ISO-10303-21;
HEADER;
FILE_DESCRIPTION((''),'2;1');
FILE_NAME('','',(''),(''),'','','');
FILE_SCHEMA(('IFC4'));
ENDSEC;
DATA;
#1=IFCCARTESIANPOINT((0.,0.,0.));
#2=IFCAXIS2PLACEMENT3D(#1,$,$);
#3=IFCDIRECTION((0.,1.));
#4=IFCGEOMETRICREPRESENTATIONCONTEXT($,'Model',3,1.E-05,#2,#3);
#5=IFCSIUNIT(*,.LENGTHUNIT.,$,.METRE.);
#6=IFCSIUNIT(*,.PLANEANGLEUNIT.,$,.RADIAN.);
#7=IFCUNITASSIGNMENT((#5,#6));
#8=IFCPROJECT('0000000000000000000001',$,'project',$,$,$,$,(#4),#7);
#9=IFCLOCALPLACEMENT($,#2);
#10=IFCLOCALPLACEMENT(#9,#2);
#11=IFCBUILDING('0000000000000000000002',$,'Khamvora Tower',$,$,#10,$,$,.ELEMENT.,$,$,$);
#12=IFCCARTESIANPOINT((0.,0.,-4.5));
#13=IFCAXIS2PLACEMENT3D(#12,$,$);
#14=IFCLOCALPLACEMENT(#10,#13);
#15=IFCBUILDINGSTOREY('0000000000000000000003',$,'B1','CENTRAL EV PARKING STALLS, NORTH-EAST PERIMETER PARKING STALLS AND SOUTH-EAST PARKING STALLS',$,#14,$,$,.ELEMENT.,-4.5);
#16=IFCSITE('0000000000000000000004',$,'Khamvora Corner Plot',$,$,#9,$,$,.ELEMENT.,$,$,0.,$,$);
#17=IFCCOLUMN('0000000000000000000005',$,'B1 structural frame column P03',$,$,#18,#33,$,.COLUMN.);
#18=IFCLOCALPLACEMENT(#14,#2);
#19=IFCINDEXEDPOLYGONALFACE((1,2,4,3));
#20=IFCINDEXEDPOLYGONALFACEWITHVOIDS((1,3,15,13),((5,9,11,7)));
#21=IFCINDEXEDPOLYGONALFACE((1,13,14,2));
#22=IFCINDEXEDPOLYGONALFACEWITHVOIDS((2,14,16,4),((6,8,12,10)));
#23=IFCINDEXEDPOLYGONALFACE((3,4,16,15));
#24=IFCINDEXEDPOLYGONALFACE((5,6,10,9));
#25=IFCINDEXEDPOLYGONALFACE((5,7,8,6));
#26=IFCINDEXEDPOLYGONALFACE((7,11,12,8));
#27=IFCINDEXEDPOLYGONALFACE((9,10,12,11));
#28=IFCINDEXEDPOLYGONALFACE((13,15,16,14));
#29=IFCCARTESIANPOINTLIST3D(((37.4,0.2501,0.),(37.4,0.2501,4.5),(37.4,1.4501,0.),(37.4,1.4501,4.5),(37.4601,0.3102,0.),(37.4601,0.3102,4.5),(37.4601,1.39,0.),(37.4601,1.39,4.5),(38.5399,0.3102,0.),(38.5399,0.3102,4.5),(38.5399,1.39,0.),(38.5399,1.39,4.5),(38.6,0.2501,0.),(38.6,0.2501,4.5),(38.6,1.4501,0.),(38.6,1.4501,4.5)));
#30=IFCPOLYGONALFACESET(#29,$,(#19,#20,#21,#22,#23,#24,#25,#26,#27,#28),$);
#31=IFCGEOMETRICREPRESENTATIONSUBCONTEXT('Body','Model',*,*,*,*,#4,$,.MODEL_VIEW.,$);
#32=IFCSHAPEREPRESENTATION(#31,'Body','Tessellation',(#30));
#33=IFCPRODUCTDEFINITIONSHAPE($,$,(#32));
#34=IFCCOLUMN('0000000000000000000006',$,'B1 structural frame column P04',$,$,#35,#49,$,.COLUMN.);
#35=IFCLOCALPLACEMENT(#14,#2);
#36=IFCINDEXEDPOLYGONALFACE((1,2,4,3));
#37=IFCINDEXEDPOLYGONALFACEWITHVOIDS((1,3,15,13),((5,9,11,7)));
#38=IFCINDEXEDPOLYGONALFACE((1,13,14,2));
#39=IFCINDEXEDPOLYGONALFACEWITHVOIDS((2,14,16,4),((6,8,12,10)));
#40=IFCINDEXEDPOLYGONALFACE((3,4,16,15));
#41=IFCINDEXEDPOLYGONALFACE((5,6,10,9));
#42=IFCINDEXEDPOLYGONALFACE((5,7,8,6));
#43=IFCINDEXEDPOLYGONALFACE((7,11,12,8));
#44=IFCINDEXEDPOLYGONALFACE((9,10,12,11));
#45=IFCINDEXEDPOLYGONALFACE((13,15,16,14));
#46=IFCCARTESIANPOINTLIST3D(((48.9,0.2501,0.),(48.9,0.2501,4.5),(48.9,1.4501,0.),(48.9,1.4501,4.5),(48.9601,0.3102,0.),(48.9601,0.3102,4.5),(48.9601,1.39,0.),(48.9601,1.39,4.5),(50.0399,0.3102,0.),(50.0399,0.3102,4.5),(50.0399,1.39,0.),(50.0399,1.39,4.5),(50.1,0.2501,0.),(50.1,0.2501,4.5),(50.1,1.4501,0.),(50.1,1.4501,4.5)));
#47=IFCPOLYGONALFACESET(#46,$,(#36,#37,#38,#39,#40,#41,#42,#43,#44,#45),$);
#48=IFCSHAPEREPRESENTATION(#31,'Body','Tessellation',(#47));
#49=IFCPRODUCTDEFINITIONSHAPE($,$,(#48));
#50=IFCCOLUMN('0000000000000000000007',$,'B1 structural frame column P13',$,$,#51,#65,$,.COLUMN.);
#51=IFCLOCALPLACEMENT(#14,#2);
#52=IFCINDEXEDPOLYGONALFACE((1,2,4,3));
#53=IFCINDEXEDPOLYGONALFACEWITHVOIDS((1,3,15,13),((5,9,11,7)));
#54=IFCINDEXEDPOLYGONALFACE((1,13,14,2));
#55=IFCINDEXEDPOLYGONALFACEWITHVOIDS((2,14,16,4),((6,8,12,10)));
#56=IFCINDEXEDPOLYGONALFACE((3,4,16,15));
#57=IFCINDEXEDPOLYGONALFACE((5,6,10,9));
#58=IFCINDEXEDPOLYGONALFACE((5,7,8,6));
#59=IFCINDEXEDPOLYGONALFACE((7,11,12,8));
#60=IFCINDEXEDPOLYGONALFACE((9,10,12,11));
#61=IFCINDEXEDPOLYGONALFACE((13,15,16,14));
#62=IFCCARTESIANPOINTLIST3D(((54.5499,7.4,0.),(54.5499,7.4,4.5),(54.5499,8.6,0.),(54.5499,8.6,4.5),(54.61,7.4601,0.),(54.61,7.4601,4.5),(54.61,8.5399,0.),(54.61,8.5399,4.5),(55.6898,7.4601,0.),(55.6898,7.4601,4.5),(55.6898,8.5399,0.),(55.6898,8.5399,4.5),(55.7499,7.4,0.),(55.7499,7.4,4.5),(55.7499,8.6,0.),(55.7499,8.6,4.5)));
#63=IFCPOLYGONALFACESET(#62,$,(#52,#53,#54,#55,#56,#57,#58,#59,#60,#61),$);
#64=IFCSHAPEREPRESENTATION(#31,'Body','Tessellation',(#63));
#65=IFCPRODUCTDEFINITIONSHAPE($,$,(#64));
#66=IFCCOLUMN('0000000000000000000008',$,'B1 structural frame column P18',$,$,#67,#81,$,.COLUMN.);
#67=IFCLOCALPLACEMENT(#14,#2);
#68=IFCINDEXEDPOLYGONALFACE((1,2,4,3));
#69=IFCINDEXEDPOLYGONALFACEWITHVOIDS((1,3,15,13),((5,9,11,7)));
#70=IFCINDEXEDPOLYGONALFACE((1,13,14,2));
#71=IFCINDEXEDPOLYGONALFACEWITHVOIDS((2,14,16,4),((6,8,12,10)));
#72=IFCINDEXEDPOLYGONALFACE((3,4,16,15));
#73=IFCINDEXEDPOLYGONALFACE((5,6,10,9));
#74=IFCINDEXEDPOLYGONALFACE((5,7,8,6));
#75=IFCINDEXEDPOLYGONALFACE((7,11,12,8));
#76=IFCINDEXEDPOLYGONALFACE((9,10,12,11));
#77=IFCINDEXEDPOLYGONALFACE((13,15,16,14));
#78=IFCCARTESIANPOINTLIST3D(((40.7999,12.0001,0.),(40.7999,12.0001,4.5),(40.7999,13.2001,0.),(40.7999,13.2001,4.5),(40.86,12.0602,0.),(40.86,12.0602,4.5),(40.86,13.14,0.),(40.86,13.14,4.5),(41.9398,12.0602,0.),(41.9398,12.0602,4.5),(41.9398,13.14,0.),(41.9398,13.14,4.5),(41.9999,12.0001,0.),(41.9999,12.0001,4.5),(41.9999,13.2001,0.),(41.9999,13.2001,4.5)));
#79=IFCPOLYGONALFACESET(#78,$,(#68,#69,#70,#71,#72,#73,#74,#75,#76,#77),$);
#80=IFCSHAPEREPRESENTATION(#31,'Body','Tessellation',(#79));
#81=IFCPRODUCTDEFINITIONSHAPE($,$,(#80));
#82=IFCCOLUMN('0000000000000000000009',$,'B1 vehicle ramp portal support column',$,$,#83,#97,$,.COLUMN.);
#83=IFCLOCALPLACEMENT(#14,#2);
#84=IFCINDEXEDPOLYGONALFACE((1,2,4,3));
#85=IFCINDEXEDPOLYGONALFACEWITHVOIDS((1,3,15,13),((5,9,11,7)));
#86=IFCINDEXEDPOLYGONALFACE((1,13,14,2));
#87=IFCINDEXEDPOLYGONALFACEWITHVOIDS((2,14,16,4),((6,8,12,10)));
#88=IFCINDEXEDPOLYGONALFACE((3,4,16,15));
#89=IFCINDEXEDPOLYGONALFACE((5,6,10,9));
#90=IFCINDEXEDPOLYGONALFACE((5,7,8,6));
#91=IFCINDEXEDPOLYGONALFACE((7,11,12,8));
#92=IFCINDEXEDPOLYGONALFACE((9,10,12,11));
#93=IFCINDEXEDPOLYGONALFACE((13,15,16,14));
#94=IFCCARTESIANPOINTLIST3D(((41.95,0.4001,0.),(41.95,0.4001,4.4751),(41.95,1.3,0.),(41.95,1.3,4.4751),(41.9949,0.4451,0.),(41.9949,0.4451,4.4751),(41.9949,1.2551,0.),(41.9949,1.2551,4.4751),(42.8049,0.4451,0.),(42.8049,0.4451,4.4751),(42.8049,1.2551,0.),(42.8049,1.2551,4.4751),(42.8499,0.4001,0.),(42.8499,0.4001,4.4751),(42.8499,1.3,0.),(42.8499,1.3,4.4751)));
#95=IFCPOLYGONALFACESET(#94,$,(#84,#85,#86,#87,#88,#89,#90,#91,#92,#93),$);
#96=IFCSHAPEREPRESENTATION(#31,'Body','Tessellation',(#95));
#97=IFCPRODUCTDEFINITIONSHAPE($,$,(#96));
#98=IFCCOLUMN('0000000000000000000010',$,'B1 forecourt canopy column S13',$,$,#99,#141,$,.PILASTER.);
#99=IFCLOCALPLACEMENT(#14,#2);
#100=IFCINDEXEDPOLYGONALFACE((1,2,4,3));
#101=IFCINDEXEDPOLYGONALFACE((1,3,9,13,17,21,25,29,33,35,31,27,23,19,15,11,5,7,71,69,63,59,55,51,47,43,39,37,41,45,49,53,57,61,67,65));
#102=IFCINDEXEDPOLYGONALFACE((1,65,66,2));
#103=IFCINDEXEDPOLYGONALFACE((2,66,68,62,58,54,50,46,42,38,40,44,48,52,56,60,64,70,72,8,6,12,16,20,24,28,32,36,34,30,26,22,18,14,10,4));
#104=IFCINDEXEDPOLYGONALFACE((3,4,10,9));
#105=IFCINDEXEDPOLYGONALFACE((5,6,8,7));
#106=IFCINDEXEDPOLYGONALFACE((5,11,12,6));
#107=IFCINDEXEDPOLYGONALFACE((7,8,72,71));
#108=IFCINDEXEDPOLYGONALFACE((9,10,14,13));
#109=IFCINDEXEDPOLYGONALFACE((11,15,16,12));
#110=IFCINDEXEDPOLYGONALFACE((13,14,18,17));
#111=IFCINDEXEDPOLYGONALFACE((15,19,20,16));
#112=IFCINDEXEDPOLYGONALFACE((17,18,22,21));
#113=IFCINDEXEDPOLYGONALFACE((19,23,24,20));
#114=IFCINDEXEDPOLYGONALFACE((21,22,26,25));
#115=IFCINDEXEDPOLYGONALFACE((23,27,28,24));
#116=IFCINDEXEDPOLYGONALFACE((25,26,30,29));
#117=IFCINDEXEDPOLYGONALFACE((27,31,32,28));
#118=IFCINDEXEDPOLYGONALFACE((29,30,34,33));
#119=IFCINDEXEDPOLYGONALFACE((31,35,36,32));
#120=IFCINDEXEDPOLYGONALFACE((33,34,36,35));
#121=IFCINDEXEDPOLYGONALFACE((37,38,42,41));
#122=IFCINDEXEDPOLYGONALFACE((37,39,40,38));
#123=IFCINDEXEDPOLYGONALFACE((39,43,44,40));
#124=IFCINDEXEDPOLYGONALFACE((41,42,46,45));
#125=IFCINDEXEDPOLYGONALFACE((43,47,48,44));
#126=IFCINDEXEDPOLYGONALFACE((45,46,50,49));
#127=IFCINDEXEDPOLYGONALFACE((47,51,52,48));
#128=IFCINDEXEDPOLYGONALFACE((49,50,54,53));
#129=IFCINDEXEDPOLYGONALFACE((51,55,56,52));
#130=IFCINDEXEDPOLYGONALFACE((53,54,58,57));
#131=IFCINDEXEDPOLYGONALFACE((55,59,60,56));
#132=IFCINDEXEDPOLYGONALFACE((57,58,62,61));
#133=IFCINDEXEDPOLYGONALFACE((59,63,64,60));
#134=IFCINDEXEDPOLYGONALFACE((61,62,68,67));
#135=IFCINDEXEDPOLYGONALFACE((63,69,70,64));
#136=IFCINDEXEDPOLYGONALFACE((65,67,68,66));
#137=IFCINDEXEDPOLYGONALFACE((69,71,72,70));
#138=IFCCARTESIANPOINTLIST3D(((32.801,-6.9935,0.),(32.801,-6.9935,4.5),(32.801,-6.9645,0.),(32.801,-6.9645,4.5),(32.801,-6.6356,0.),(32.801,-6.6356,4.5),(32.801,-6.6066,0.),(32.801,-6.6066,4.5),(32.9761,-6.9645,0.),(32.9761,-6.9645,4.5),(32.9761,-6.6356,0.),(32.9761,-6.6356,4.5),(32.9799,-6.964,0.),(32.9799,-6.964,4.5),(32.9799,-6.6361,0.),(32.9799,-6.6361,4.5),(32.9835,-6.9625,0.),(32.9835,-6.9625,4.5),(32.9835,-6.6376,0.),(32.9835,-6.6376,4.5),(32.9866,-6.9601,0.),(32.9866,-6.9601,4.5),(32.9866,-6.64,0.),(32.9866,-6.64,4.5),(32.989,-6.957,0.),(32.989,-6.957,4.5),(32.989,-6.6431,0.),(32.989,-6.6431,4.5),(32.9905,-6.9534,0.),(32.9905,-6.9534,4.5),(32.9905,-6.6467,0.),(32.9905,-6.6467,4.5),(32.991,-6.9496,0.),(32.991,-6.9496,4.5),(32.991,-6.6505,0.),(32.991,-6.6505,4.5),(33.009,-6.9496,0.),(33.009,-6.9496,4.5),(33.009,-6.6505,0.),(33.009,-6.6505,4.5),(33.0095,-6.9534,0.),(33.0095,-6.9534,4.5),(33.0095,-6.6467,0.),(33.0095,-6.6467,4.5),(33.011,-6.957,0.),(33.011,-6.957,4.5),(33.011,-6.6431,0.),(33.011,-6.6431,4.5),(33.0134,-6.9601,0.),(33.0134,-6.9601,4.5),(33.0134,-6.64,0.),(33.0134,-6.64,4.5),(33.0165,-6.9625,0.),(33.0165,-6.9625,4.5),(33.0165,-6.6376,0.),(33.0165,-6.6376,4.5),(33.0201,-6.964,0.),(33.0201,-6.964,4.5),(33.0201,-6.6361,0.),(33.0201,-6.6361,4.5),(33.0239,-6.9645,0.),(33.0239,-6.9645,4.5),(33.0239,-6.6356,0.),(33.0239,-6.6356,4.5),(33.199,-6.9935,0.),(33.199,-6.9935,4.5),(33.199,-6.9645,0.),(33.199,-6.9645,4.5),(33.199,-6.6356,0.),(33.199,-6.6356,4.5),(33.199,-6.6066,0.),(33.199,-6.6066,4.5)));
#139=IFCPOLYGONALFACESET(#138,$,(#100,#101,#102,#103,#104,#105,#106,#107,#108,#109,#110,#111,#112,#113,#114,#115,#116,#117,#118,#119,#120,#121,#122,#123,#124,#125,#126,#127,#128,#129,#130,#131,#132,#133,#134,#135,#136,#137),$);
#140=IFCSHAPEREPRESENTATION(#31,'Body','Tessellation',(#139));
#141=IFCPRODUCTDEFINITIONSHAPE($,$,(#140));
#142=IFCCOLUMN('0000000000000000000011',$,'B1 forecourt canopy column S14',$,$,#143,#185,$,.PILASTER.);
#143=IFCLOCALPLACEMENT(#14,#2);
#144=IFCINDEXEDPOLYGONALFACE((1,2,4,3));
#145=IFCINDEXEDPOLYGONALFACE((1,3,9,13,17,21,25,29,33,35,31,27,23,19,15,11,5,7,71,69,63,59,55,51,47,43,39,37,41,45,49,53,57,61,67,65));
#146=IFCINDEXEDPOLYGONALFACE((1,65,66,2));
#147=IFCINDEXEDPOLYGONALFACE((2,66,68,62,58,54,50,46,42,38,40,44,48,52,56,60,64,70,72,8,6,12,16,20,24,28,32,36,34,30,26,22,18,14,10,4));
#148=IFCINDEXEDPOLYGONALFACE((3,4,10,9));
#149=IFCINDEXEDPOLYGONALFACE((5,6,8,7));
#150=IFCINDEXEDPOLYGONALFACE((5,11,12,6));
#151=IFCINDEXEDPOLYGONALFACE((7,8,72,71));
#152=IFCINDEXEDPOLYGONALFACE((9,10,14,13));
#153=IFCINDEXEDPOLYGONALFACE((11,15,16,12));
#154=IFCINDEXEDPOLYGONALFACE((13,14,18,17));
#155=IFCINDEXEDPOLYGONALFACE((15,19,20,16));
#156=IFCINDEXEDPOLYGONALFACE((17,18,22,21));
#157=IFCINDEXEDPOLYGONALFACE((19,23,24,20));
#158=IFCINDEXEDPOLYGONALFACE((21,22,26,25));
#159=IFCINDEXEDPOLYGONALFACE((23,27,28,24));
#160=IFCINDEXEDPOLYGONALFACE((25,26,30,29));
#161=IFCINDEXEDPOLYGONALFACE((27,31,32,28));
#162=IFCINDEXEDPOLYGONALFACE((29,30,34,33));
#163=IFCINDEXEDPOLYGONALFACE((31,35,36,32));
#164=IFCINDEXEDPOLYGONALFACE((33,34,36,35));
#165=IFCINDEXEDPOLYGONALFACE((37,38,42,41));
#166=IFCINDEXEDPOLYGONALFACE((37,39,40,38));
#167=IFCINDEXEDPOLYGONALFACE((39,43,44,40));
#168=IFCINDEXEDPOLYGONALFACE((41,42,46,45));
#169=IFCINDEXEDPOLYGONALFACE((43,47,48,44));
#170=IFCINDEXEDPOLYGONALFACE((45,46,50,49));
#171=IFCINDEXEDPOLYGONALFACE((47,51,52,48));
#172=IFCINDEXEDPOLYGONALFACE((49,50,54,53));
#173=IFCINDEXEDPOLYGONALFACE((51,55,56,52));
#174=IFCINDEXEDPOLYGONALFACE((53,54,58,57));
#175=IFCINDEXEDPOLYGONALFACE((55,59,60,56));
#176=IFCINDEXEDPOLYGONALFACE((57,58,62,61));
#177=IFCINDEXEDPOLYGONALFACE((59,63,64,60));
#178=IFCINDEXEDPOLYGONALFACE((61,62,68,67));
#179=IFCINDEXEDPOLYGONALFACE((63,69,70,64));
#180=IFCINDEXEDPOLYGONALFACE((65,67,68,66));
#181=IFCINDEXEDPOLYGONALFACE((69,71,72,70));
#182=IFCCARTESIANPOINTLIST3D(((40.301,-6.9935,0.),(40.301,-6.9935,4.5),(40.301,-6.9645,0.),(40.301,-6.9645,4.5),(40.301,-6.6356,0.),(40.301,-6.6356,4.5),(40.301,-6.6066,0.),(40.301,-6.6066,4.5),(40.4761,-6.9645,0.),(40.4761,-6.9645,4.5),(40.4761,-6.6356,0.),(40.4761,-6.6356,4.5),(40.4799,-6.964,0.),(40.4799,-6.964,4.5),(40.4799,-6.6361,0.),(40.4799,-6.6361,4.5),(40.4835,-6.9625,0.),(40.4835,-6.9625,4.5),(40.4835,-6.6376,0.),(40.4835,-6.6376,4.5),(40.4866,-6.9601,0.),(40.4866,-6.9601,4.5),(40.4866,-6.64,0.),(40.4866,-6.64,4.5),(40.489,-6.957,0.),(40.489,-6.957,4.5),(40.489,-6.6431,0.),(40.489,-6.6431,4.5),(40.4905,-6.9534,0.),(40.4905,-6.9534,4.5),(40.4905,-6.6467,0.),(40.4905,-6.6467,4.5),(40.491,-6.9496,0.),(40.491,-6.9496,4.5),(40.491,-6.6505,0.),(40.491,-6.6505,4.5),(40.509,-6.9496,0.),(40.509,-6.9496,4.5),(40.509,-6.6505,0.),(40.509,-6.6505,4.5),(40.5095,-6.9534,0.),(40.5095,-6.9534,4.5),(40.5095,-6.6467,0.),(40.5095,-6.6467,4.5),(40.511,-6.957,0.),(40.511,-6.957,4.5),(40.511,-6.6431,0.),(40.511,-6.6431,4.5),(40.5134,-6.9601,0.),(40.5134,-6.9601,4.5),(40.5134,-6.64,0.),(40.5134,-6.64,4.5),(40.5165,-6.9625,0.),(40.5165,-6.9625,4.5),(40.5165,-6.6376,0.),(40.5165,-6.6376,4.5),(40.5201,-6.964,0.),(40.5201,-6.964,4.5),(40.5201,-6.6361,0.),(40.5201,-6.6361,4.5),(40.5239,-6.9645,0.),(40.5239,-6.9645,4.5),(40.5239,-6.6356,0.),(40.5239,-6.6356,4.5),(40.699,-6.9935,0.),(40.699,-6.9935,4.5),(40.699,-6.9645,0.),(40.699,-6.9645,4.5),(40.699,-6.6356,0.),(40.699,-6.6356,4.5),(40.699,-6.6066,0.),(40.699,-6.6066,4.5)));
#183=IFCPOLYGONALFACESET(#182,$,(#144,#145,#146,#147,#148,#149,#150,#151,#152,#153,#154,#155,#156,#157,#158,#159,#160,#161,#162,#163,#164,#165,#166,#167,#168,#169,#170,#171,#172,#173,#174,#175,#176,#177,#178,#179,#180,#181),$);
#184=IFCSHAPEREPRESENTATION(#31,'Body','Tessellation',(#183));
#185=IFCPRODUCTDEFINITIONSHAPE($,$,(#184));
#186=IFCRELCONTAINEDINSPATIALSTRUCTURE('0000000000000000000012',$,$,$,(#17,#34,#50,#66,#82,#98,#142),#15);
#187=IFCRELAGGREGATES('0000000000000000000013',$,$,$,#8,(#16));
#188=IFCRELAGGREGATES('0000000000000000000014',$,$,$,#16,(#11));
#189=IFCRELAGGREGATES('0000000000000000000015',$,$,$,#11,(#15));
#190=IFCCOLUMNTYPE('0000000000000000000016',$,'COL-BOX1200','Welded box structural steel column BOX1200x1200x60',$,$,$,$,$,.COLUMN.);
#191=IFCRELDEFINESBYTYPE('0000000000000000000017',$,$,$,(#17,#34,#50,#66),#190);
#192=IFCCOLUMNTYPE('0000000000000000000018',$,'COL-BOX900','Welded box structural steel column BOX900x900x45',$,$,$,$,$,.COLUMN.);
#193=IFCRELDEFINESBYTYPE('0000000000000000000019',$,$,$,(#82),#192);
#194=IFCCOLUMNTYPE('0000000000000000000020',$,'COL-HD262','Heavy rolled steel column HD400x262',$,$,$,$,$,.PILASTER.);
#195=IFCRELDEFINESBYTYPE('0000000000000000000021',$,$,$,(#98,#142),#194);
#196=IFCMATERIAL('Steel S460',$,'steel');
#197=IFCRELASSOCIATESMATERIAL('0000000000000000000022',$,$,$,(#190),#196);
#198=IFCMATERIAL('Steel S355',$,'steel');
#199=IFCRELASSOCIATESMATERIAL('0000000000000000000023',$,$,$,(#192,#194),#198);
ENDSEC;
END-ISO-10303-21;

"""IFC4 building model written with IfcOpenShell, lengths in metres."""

from ifc_helpers import new_model, si_unit, direction, frame, origin, origin_2d, place, context, subcontext, project, spatial, hollow_rectangle, i_section, extrude, material, material_profile, profile_set, type_object, element, save


model = new_model("IFC4")

# Units and contexts
model_context = context("Model", 3, precision=1e-05, world=origin(), true_north=direction((0.0, 1.0)))
body_context = subcontext(model_context, "Body", "Model", "MODEL_VIEW")
ifc_project = project(units=[si_unit("LENGTHUNIT", "METRE"), si_unit("PLANEANGLEUNIT", "RADIAN")], contexts=[model_context])

# Site, building, storey
site_placement = place(None, origin())
site = spatial("IfcSite", under=ifc_project, at=site_placement, Name="Khamvora Corner Plot", CompositionType="ELEMENT", RefElevation=0.0)
building_placement = place(site_placement, origin())
building = spatial("IfcBuilding", under=site, at=building_placement, Name="Khamvora Tower", CompositionType="ELEMENT")
storey_placement = place(building_placement, frame((0.0, 0.0, -4.5)))
storey = spatial("IfcBuildingStorey", under=building, at=storey_placement, Name="B1", Description="CENTRAL EV PARKING STALLS, NORTH-EAST PERIMETER PARKING STALLS AND SOUTH-EAST PARKING STALLS", CompositionType="ELEMENT", Elevation=-4.5)

# Columns
ifc_material_1 = material(Name="Steel S460", Category="steel")
ifc_material_profile_1 = material_profile(ifc_material_1, hollow_rectangle(XDim=1.2, YDim=1.2, WallThickness=0.0601, at=origin_2d()), Name="BOX1200x1200x60")
ifc_profile_set_1 = profile_set([ifc_material_profile_1], Name="Steel S460")
column_type_1 = type_object("IfcColumnType", Name="COL-BOX1200", Description="Welded box structural steel column BOX1200x1200x60", PredefinedType="COLUMN", material=ifc_profile_set_1)
for number, where, z_axis, x_axis, name in (
    (1, (38.0, 0.8501, 0.0), (0.0, 0.0, 1.0), (1.0, 0.0, 0.0), "B1 structural frame column P03"),
    (2, (49.5, 0.8501, 0.0), (0.0, 0.0, 1.0), (1.0, 0.0, 0.0), "B1 structural frame column P04"),
    (3, (55.1499, 8.0, 0.0), (0.0, 0.0, 1.0), (1.0, 0.0, 0.0), "B1 structural frame column P13"),
    (4, (41.3999, 12.6001, 0.0), (0.0, 0.0, 1.0), (1.0, 0.0, 0.0), "B1 structural frame column P18"),
):
    element("IfcColumn", number, at=place(storey_placement, frame(where, z_axis=z_axis, x_axis=x_axis)), inside=storey, type_object=column_type_1, Name=name, PredefinedType="COLUMN", context=body_context, shape_type="SweptSolid", body=[
        extrude(hollow_rectangle(XDim=1.2, YDim=1.2, WallThickness=0.0601, at=origin_2d()), origin(), (0.0, 0.0, 1.0), 4.5),
    ])
ifc_material_2 = material(Name="Steel S355", Category="steel")
ifc_material_profile_2 = material_profile(ifc_material_2, hollow_rectangle(XDim=0.8999, YDim=0.8999, WallThickness=0.0449, at=origin_2d()), Name="BOX900x900x45")
ifc_profile_set_2 = profile_set([ifc_material_profile_2], Name="Steel S355")
column_type_2 = type_object("IfcColumnType", Name="COL-BOX900", Description="Welded box structural steel column BOX900x900x45", PredefinedType="COLUMN", material=ifc_profile_set_2)
column_1_placement = place(storey_placement, frame((42.3999, 0.8501, 0.0), z_axis=(0.0, 0.0, 1.0), x_axis=(1.0, 0.0, 0.0)))
element("IfcColumn", 5, at=column_1_placement, inside=storey, type_object=column_type_2, Name="B1 vehicle ramp portal support column", PredefinedType="COLUMN", context=body_context, shape_type="SweptSolid", body=[
    extrude(hollow_rectangle(XDim=0.8999, YDim=0.8999, WallThickness=0.0449, at=origin_2d()), origin(), (0.0, 0.0, 1.0), 4.4751),
])
ifc_material_profile_3 = material_profile(ifc_material_2, i_section(OverallWidth=0.3979, OverallDepth=0.387, WebThickness=0.0181, FlangeThickness=0.0291, FilletRadius=0.0149, at=origin_2d()), Name="HD400x262")
ifc_profile_set_3 = profile_set([ifc_material_profile_3], Name="Steel S355")
column_type_3 = type_object("IfcColumnType", Name="COL-HD262", Description="Heavy rolled steel column HD400x262", PredefinedType="PILASTER", material=ifc_profile_set_3)
for number, where, z_axis, x_axis, name in (
    (6, (33.0, -6.8, 0.0), (0.0, 0.0, 1.0), (1.0, 0.0, 0.0), "B1 forecourt canopy column S13"),
    (7, (40.5, -6.8, 0.0), (0.0, 0.0, 1.0), (1.0, 0.0, 0.0), "B1 forecourt canopy column S14"),
):
    element("IfcColumn", number, at=place(storey_placement, frame(where, z_axis=z_axis, x_axis=x_axis)), inside=storey, type_object=column_type_3, Name=name, PredefinedType="PILASTER", context=body_context, shape_type="SweptSolid", body=[
        extrude(i_section(OverallWidth=0.3979, OverallDepth=0.387, WebThickness=0.0181, FlangeThickness=0.0291, FilletRadius=0.0149, at=origin_2d()), origin(), (0.0, 0.0, 1.0), 4.5),
    ])

save(model, "model.ifc")
